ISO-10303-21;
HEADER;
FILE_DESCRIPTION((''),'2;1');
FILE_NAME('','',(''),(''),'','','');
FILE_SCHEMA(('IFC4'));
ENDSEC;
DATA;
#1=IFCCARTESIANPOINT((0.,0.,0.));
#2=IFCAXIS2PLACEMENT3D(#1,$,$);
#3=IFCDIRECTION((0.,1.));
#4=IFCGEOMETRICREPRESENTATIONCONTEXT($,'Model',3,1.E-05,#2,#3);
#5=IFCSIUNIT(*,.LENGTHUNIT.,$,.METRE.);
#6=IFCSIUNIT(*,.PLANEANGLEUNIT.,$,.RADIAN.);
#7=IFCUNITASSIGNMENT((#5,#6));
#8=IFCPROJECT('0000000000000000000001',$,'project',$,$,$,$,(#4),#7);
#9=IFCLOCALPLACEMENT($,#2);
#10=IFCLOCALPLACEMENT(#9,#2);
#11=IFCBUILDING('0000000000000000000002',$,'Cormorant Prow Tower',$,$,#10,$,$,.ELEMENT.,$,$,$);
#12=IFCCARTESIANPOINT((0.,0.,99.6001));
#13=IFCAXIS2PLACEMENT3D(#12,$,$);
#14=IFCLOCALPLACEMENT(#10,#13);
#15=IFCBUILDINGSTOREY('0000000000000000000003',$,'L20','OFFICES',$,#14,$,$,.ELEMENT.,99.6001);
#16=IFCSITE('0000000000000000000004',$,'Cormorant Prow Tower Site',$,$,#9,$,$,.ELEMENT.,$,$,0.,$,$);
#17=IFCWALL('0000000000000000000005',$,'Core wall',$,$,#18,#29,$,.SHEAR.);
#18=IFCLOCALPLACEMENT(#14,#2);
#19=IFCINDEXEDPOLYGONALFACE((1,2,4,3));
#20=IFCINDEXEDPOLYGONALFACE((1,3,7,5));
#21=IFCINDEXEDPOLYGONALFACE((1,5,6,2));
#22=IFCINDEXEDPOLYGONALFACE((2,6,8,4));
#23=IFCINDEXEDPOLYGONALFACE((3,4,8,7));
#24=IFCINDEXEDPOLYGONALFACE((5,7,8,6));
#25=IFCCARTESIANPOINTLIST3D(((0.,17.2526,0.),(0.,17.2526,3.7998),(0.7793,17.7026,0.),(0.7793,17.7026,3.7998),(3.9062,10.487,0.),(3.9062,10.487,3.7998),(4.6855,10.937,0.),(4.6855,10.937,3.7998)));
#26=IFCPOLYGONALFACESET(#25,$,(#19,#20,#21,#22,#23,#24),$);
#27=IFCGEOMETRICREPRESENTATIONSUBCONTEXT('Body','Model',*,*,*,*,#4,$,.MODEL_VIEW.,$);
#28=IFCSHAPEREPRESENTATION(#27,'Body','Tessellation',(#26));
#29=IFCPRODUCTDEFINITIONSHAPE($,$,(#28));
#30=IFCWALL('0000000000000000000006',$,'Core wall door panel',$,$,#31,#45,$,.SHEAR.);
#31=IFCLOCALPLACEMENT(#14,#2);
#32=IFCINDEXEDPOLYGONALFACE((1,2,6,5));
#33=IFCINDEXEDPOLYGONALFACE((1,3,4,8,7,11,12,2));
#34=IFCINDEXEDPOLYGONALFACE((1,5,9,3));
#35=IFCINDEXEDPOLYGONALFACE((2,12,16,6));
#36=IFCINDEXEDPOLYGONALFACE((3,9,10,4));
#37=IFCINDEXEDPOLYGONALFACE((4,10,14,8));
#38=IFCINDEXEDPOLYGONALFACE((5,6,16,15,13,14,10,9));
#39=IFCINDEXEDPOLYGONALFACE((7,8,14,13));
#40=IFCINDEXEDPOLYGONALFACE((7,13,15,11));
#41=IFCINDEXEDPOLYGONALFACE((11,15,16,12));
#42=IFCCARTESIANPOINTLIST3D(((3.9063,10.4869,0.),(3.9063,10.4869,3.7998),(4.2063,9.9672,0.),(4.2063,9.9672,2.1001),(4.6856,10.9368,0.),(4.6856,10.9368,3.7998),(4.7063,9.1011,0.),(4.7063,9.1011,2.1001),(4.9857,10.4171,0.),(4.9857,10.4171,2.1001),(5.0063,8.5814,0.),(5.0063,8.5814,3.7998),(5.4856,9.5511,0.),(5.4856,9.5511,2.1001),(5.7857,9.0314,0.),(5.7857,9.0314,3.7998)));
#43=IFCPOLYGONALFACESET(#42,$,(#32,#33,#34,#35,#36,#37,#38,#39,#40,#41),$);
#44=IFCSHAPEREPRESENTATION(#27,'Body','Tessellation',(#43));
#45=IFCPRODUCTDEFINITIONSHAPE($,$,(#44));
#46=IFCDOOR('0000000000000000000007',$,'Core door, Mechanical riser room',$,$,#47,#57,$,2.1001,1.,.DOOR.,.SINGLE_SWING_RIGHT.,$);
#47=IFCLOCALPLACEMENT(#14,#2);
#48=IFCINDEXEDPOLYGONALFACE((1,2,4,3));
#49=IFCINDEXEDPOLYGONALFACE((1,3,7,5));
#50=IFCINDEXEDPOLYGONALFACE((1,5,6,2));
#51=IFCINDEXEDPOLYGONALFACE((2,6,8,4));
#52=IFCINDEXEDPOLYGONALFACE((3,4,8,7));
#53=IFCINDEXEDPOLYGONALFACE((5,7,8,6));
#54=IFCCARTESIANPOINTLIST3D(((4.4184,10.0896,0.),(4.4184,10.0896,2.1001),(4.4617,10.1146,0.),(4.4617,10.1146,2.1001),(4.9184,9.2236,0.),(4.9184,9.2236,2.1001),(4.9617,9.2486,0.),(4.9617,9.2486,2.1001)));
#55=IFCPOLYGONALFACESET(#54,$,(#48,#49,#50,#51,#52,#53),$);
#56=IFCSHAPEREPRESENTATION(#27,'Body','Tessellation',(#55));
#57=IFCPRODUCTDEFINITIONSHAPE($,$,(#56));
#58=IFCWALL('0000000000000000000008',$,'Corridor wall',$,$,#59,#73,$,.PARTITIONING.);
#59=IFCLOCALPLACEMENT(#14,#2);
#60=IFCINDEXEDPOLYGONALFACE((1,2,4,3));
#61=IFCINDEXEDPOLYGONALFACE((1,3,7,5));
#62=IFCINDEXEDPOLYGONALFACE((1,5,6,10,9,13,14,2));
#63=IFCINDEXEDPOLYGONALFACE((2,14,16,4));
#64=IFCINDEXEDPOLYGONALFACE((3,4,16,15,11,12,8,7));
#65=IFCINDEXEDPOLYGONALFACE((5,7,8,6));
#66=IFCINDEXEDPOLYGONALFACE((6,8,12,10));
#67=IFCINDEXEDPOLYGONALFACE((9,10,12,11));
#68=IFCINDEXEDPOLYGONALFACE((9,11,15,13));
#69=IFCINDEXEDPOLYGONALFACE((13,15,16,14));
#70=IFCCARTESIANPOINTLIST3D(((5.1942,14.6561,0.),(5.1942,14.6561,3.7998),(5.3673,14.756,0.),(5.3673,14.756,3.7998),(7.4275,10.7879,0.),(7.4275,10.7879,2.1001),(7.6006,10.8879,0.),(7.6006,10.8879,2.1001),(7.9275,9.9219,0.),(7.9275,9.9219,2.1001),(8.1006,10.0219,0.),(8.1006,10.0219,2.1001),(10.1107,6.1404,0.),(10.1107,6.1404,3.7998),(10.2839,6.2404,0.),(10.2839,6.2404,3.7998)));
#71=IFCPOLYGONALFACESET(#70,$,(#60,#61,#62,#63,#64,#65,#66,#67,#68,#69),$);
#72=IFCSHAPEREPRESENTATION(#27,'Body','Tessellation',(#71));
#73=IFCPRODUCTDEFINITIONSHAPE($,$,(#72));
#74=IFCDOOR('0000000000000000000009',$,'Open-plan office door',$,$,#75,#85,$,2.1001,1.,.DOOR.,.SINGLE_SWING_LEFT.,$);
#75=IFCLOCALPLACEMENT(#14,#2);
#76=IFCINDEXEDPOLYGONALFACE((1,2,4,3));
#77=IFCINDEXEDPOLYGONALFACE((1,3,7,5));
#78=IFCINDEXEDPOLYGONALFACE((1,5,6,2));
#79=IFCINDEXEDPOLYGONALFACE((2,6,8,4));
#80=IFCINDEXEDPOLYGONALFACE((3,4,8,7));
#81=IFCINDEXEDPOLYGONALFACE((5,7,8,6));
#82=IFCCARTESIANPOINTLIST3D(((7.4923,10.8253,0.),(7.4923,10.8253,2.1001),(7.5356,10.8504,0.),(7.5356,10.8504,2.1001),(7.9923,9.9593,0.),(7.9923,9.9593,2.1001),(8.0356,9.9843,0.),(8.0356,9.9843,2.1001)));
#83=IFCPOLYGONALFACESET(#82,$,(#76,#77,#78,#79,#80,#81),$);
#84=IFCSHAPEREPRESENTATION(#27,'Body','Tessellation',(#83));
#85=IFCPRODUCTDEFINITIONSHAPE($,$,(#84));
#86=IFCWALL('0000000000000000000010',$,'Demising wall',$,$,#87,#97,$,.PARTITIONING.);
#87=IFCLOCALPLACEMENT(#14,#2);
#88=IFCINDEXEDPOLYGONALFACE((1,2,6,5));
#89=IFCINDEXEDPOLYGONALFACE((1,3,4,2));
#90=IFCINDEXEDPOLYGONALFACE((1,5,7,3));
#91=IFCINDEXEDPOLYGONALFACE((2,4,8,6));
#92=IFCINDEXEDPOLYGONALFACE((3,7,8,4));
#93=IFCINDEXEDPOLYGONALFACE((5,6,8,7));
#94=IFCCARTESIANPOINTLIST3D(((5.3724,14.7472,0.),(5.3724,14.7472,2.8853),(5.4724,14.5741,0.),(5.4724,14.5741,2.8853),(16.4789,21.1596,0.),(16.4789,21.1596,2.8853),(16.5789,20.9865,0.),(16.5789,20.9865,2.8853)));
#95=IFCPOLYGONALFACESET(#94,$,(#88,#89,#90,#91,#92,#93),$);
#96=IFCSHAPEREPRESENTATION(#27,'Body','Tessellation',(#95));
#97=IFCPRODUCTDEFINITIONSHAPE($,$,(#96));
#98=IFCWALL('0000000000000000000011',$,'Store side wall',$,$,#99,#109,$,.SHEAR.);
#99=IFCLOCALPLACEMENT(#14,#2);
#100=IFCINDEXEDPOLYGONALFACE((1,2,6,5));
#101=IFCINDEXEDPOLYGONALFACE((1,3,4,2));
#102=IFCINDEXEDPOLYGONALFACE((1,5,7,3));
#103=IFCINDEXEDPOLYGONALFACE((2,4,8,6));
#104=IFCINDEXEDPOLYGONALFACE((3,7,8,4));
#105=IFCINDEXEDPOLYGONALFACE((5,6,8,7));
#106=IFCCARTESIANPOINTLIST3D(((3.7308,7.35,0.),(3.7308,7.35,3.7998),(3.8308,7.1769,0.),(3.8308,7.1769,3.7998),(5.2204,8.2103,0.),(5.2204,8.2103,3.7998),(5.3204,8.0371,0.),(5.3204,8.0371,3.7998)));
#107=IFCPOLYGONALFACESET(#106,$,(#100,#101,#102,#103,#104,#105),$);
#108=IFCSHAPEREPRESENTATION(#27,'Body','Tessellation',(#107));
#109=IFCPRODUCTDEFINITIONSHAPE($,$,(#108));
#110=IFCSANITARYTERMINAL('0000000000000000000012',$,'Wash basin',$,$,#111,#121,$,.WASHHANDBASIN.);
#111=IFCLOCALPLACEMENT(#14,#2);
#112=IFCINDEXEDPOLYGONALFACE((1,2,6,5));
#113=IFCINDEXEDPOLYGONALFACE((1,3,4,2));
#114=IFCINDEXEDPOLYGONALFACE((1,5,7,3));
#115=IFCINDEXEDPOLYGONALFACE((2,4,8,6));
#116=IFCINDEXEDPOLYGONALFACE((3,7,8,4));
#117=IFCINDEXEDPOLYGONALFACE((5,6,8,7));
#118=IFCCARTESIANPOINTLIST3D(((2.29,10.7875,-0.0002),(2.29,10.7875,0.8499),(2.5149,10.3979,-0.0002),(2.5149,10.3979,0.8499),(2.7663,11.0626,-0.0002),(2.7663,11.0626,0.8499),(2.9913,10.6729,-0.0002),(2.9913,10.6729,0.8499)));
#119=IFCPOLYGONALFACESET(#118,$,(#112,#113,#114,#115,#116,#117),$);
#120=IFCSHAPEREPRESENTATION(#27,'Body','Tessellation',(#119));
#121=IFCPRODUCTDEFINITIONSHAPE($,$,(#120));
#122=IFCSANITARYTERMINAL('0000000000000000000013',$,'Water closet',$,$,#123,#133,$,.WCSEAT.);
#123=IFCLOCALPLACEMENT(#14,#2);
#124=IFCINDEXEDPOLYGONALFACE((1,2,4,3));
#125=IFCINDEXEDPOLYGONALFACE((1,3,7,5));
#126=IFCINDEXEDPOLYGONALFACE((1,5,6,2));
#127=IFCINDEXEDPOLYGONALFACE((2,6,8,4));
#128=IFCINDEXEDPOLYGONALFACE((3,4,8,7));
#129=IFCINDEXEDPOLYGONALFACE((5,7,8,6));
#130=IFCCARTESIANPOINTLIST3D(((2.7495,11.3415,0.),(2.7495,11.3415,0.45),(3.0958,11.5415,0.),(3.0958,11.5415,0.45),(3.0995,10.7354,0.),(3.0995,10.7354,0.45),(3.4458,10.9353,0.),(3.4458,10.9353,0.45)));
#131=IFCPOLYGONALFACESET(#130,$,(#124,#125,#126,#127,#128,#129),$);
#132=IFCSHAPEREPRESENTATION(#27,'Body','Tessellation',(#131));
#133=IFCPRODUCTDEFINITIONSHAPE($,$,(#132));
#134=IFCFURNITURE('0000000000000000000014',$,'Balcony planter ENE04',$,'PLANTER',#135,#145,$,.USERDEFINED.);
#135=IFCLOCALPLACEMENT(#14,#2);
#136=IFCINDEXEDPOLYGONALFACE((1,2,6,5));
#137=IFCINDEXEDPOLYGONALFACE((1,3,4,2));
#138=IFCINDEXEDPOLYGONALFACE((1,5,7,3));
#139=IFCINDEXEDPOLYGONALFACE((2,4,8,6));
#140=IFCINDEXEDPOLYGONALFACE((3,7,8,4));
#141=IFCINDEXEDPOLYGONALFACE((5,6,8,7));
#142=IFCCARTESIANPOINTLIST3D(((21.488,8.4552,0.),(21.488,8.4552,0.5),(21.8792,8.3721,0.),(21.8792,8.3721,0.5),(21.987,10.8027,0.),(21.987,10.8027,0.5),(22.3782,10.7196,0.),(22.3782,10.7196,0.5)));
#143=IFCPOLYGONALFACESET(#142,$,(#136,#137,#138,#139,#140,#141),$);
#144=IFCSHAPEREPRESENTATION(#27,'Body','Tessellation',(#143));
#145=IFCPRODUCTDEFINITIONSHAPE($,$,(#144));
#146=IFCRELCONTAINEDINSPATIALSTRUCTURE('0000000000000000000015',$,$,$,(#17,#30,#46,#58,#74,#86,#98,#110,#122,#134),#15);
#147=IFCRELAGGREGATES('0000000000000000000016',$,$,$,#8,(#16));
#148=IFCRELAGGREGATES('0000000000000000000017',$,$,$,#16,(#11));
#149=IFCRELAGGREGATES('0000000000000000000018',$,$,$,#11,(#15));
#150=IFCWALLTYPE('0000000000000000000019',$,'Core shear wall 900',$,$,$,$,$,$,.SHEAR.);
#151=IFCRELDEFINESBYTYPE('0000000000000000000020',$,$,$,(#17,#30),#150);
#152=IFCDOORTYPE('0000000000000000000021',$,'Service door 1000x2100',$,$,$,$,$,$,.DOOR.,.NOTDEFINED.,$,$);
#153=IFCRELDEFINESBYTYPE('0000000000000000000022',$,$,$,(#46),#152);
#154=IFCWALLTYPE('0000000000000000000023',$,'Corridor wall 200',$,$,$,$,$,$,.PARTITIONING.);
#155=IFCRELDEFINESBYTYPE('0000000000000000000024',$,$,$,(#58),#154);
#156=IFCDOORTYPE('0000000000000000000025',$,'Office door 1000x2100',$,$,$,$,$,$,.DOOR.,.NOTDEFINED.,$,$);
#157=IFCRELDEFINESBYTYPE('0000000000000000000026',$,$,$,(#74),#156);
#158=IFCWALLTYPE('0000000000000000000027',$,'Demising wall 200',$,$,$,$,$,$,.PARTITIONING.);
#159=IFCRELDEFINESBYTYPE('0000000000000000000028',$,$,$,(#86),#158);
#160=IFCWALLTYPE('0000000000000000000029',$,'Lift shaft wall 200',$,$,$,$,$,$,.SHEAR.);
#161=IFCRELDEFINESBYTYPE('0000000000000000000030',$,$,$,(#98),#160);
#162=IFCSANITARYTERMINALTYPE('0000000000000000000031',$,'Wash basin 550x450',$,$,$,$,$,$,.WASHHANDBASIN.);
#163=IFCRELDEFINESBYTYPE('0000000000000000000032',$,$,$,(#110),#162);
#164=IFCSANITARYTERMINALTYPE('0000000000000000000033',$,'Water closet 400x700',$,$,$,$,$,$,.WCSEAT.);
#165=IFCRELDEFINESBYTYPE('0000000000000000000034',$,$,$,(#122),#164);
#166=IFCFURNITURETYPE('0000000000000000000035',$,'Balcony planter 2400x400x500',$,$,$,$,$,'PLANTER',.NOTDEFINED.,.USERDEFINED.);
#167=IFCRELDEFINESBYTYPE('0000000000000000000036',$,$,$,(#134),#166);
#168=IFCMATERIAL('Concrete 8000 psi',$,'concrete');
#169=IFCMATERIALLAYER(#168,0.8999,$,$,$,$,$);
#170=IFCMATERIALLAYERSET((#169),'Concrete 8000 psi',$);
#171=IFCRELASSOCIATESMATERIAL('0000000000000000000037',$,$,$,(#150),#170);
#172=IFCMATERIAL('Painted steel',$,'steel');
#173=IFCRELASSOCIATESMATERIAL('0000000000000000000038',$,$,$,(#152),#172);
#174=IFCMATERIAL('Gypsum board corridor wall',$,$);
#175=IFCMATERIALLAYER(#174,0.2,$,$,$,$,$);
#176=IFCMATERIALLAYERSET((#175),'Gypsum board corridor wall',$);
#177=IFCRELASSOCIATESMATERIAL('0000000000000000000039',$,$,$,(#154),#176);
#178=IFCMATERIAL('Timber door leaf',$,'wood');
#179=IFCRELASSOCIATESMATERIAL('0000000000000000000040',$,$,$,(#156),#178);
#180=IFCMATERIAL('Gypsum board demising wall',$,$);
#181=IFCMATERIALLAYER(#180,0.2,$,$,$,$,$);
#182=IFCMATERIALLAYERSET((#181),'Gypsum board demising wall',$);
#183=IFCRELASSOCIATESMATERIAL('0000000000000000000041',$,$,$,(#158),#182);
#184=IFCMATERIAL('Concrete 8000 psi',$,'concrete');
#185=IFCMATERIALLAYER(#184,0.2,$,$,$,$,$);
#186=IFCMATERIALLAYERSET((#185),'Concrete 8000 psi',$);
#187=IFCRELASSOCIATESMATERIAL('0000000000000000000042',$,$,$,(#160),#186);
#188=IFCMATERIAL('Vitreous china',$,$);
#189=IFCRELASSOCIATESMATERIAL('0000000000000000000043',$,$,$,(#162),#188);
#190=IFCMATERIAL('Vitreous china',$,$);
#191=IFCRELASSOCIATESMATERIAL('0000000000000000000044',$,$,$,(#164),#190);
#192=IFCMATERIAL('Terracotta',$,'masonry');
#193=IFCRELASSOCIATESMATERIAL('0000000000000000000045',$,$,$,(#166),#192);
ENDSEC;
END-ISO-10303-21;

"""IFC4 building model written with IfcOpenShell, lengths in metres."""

from ifc_helpers import new_model, si_unit, direction, frame, frame_2d, origin, origin_2d, place, context, subcontext, project, spatial, rectangle, extrude, material, layer, layer_set, type_object, element, fill, save


model = new_model("IFC4")

# Units and contexts
model_context = context("Model", 3, precision=1e-05, world=origin(), true_north=direction((0.0, 1.0)))
body_context = subcontext(model_context, "Body", "Model", "MODEL_VIEW")
ifc_project = project(units=[si_unit("LENGTHUNIT", "METRE"), si_unit("PLANEANGLEUNIT", "RADIAN")], contexts=[model_context])

# Site, building, storey
site_placement = place(None, origin())
site = spatial("IfcSite", under=ifc_project, at=site_placement, Name="Cormorant Prow Tower Site", CompositionType="ELEMENT", RefElevation=0.0)
building_placement = place(site_placement, origin())
building = spatial("IfcBuilding", under=site, at=building_placement, Name="Cormorant Prow Tower", CompositionType="ELEMENT")
storey_placement = place(building_placement, frame((0.0, 0.0, 99.6001)))
storey = spatial("IfcBuildingStorey", under=building, at=storey_placement, Name="L20", Description="OFFICES", CompositionType="ELEMENT", Elevation=99.6001)

# Wall
ifc_material_1 = material(Name="Concrete 8000 psi", Category="concrete")
ifc_layer_1 = layer(ifc_material_1, 0.8999)
ifc_layer_set_1 = layer_set([ifc_layer_1], Name="Concrete 8000 psi")
wall_type_1 = type_object("IfcWallType", Name="Core shear wall 900", PredefinedType="SHEAR", material=ifc_layer_set_1)
wall_1_placement = place(storey_placement, frame((4.2959, 10.7119, 0.0), z_axis=(0.0, 0.0, 1.0), x_axis=(-0.500011, 0.866019, 0.0)))
element("IfcWall", 1, at=wall_1_placement, inside=storey, type_object=wall_type_1, Name="Core wall", PredefinedType="SHEAR", context=body_context, shape_type="SweptSolid", body=[
    extrude(rectangle(XDim=7.8123, YDim=0.8999, at=frame_2d((3.9062, 0.0))), origin(), (0.0, 0.0, 1.0), 3.7998),
])

# Walls, openings, doors
wall_2_placement = place(storey_placement, frame((5.396, 8.8064, 0.0), z_axis=(0.0, 0.0, 1.0), x_axis=(-0.499982, 0.866036, 0.0)))
wall_2 = element("IfcWall", 2, at=wall_2_placement, inside=storey, type_object=wall_type_1, Name="Core wall door panel", PredefinedType="SHEAR", context=body_context, shape_type="SweptSolid", body=[
    extrude(rectangle(XDim=2.2002, YDim=0.8999, at=frame_2d((1.1001, 0.0))), origin(), (0.0, 0.0, 1.0), 3.7998),
])
opening_1_placement = place(wall_2_placement, frame((0.6001, 0.0, 0.0)))
opening_1 = element("IfcOpeningElement", 3, at=opening_1_placement, cuts=wall_2, PredefinedType="OPENING", context=body_context, shape_type="SweptSolid", body=[
    extrude(rectangle(XDim=1.0, YDim=2.1001, at=frame_2d((0.5, 1.05))), frame((0.0, 0.46, 0.0), z_axis=(0.0, -1.0, 0.0), x_axis=(1.0, 0.0, 0.0)), (0.0, 0.0, 1.0), 0.9199),
])
ifc_material_2 = material(Name="Painted steel", Category="steel")
door_type_1 = type_object("IfcDoorType", Name="Service door 1000x2100", OperationType="NOTDEFINED", PredefinedType="DOOR", material=ifc_material_2)
door_1_placement = place(opening_1_placement, origin())
door_1 = element("IfcDoor", 4, at=door_1_placement, inside=storey, type_object=door_type_1, Name="Core door, Mechanical riser room", OperationType="SINGLE_SWING_RIGHT", OverallHeight=2.1001, OverallWidth=1.0, PredefinedType="DOOR", context=body_context, shape_type="SweptSolid", body=[
    extrude(rectangle(XDim=1.0, YDim=2.1001, at=frame_2d((0.5, 1.05))), frame((0.0, 0.2051, 0.0), z_axis=(0.0, -1.0, 0.0), x_axis=(1.0, 0.0, 0.0)), (0.0, 0.0, 1.0), 0.05),
])
fill(opening_1, door_1)
ifc_material_3 = material(Name="Gypsum board corridor wall")
ifc_layer_2 = layer(ifc_material_3, 0.2)
ifc_layer_set_2 = layer_set([ifc_layer_2], Name="Gypsum board corridor wall")
wall_type_2 = type_object("IfcWallType", Name="Corridor wall 200", PredefinedType="PARTITIONING", material=ifc_layer_set_2)
wall_3_placement = place(storey_placement, frame((5.2808, 14.7061, 0.0), z_axis=(0.0, 0.0, 1.0), x_axis=(0.5, -0.866025, 0.0)))
wall_3 = element("IfcWall", 5, at=wall_3_placement, inside=storey, type_object=wall_type_2, Name="Corridor wall", PredefinedType="PARTITIONING", context=body_context, shape_type="SweptSolid", body=[
    extrude(rectangle(XDim=9.833, YDim=0.2, at=frame_2d((4.9165, 0.0))), origin(), (0.0, 0.0, 1.0), 3.7998),
])
opening_2_placement = place(wall_3_placement, frame((4.4666, 0.0, 0.0)))
opening_2 = element("IfcOpeningElement", 6, at=opening_2_placement, cuts=wall_3, PredefinedType="OPENING", context=body_context, shape_type="SweptSolid", body=[
    extrude(rectangle(XDim=1.0, YDim=2.1001, at=frame_2d((0.5, 1.05))), frame((0.0, 0.1099, 0.0), z_axis=(0.0, -1.0, 0.0), x_axis=(1.0, 0.0, 0.0)), (0.0, 0.0, 1.0), 0.22),
])
ifc_material_4 = material(Name="Timber door leaf", Category="wood")
door_type_2 = type_object("IfcDoorType", Name="Office door 1000x2100", OperationType="NOTDEFINED", PredefinedType="DOOR", material=ifc_material_4)
door_2_placement = place(opening_2_placement, origin())
door_2 = element("IfcDoor", 7, at=door_2_placement, inside=storey, type_object=door_type_2, Name="Open-plan office door", OperationType="SINGLE_SWING_LEFT", OverallHeight=2.1001, OverallWidth=1.0, PredefinedType="DOOR", context=body_context, shape_type="SweptSolid", body=[
    extrude(rectangle(XDim=1.0, YDim=2.1001, at=frame_2d((0.5, 1.05))), frame((0.0, 0.0249, 0.0), z_axis=(0.0, -1.0, 0.0), x_axis=(1.0, 0.0, 0.0)), (0.0, 0.0, 1.0), 0.05),
])
fill(opening_2, door_2)

# Walls
ifc_material_5 = material(Name="Gypsum board demising wall")
ifc_layer_3 = layer(ifc_material_5, 0.2)
ifc_layer_set_3 = layer_set([ifc_layer_3], Name="Gypsum board demising wall")
wall_type_3 = type_object("IfcWallType", Name="Demising wall 200", PredefinedType="PARTITIONING", material=ifc_layer_set_3)
wall_4_placement = place(storey_placement, frame((5.4224, 14.6606, 0.0), z_axis=(0.0, 0.0, 1.0), x_axis=(0.866024, 0.500003, 0.0)))
element("IfcWall", 8, at=wall_4_placement, inside=storey, type_object=wall_type_3, Name="Demising wall", PredefinedType="PARTITIONING", context=body_context, shape_type="SweptSolid", body=[
    extrude(rectangle(XDim=12.8247, YDim=0.2, at=frame_2d((6.4124, 0.0))), origin(), (0.0, 0.0, 1.0), 2.8853),
])
ifc_material_6 = material(Name="Concrete 8000 psi", Category="concrete")
ifc_layer_4 = layer(ifc_material_6, 0.2)
ifc_layer_set_4 = layer_set([ifc_layer_4], Name="Concrete 8000 psi")
wall_type_4 = type_object("IfcWallType", Name="Lift shaft wall 200", PredefinedType="SHEAR", material=ifc_layer_set_4)
wall_5_placement = place(storey_placement, frame((3.7808, 7.2634, 0.0), z_axis=(0.0, 0.0, 1.0), x_axis=(0.865963, 0.500107, 0.0)))
element("IfcWall", 9, at=wall_5_placement, inside=storey, type_object=wall_type_4, Name="Store side wall", PredefinedType="SHEAR", context=body_context, shape_type="SweptSolid", body=[
    extrude(rectangle(XDim=1.7202, YDim=0.2, at=frame_2d((0.8601, 0.0))), origin(), (0.0, 0.0, 1.0), 3.7998),
])

# Sanitary terminals
ifc_material_7 = material(Name="Vitreous china")
sanitary_terminal_type_1 = type_object("IfcSanitaryTerminalType", Name="Wash basin 550x450", PredefinedType="WASHHANDBASIN", material=ifc_material_7)
sanitary_terminal_1_placement = place(storey_placement, frame((2.6406, 10.7302, -0.0002), z_axis=(0.0, 0.0, 1.0), x_axis=(0.866025, 0.5, 0.0)))
element("IfcSanitaryTerminal", 10, at=sanitary_terminal_1_placement, inside=storey, type_object=sanitary_terminal_type_1, Name="Wash basin", PredefinedType="WASHHANDBASIN", context=body_context, shape_type="SweptSolid", body=[
    extrude(rectangle(XDim=0.55, YDim=0.45, at=origin_2d()), origin(), (0.0, 0.0, 1.0), 0.8501),
])
ifc_material_8 = material(Name="Vitreous china")
sanitary_terminal_type_2 = type_object("IfcSanitaryTerminalType", Name="Water closet 400x700", PredefinedType="WCSEAT", material=ifc_material_8)
sanitary_terminal_2_placement = place(storey_placement, frame((3.0977, 11.1384, 0.0), z_axis=(0.0, 0.0, 1.0), x_axis=(0.866025, 0.5, 0.0)))
element("IfcSanitaryTerminal", 11, at=sanitary_terminal_2_placement, inside=storey, type_object=sanitary_terminal_type_2, Name="Water closet", PredefinedType="WCSEAT", context=body_context, shape_type="SweptSolid", body=[
    extrude(rectangle(XDim=0.3999, YDim=0.7, at=origin_2d()), origin(), (0.0, 0.0, 1.0), 0.45),
])

# Furniture
ifc_material_9 = material(Name="Terracotta", Category="masonry")
furniture_type = type_object("IfcFurnitureType", Name="Balcony planter 2400x400x500", ElementType="PLANTER", AssemblyPlace="NOTDEFINED", PredefinedType="USERDEFINED", material=ifc_material_9)
furniture_placement = place(storey_placement, frame((21.9331, 9.5874, 0.0), z_axis=(0.0, 0.0, 1.0), x_axis=(0.207912, 0.978148, 0.0)))
element("IfcFurniture", 12, at=furniture_placement, inside=storey, type_object=furniture_type, Name="Balcony planter ENE04", ObjectType="PLANTER", PredefinedType="USERDEFINED", context=body_context, shape_type="SweptSolid", body=[
    extrude(rectangle(XDim=2.3999, YDim=0.3999, at=origin_2d()), origin(), (0.0, 0.0, 1.0), 0.5),
])

save(model, "model.ifc")
